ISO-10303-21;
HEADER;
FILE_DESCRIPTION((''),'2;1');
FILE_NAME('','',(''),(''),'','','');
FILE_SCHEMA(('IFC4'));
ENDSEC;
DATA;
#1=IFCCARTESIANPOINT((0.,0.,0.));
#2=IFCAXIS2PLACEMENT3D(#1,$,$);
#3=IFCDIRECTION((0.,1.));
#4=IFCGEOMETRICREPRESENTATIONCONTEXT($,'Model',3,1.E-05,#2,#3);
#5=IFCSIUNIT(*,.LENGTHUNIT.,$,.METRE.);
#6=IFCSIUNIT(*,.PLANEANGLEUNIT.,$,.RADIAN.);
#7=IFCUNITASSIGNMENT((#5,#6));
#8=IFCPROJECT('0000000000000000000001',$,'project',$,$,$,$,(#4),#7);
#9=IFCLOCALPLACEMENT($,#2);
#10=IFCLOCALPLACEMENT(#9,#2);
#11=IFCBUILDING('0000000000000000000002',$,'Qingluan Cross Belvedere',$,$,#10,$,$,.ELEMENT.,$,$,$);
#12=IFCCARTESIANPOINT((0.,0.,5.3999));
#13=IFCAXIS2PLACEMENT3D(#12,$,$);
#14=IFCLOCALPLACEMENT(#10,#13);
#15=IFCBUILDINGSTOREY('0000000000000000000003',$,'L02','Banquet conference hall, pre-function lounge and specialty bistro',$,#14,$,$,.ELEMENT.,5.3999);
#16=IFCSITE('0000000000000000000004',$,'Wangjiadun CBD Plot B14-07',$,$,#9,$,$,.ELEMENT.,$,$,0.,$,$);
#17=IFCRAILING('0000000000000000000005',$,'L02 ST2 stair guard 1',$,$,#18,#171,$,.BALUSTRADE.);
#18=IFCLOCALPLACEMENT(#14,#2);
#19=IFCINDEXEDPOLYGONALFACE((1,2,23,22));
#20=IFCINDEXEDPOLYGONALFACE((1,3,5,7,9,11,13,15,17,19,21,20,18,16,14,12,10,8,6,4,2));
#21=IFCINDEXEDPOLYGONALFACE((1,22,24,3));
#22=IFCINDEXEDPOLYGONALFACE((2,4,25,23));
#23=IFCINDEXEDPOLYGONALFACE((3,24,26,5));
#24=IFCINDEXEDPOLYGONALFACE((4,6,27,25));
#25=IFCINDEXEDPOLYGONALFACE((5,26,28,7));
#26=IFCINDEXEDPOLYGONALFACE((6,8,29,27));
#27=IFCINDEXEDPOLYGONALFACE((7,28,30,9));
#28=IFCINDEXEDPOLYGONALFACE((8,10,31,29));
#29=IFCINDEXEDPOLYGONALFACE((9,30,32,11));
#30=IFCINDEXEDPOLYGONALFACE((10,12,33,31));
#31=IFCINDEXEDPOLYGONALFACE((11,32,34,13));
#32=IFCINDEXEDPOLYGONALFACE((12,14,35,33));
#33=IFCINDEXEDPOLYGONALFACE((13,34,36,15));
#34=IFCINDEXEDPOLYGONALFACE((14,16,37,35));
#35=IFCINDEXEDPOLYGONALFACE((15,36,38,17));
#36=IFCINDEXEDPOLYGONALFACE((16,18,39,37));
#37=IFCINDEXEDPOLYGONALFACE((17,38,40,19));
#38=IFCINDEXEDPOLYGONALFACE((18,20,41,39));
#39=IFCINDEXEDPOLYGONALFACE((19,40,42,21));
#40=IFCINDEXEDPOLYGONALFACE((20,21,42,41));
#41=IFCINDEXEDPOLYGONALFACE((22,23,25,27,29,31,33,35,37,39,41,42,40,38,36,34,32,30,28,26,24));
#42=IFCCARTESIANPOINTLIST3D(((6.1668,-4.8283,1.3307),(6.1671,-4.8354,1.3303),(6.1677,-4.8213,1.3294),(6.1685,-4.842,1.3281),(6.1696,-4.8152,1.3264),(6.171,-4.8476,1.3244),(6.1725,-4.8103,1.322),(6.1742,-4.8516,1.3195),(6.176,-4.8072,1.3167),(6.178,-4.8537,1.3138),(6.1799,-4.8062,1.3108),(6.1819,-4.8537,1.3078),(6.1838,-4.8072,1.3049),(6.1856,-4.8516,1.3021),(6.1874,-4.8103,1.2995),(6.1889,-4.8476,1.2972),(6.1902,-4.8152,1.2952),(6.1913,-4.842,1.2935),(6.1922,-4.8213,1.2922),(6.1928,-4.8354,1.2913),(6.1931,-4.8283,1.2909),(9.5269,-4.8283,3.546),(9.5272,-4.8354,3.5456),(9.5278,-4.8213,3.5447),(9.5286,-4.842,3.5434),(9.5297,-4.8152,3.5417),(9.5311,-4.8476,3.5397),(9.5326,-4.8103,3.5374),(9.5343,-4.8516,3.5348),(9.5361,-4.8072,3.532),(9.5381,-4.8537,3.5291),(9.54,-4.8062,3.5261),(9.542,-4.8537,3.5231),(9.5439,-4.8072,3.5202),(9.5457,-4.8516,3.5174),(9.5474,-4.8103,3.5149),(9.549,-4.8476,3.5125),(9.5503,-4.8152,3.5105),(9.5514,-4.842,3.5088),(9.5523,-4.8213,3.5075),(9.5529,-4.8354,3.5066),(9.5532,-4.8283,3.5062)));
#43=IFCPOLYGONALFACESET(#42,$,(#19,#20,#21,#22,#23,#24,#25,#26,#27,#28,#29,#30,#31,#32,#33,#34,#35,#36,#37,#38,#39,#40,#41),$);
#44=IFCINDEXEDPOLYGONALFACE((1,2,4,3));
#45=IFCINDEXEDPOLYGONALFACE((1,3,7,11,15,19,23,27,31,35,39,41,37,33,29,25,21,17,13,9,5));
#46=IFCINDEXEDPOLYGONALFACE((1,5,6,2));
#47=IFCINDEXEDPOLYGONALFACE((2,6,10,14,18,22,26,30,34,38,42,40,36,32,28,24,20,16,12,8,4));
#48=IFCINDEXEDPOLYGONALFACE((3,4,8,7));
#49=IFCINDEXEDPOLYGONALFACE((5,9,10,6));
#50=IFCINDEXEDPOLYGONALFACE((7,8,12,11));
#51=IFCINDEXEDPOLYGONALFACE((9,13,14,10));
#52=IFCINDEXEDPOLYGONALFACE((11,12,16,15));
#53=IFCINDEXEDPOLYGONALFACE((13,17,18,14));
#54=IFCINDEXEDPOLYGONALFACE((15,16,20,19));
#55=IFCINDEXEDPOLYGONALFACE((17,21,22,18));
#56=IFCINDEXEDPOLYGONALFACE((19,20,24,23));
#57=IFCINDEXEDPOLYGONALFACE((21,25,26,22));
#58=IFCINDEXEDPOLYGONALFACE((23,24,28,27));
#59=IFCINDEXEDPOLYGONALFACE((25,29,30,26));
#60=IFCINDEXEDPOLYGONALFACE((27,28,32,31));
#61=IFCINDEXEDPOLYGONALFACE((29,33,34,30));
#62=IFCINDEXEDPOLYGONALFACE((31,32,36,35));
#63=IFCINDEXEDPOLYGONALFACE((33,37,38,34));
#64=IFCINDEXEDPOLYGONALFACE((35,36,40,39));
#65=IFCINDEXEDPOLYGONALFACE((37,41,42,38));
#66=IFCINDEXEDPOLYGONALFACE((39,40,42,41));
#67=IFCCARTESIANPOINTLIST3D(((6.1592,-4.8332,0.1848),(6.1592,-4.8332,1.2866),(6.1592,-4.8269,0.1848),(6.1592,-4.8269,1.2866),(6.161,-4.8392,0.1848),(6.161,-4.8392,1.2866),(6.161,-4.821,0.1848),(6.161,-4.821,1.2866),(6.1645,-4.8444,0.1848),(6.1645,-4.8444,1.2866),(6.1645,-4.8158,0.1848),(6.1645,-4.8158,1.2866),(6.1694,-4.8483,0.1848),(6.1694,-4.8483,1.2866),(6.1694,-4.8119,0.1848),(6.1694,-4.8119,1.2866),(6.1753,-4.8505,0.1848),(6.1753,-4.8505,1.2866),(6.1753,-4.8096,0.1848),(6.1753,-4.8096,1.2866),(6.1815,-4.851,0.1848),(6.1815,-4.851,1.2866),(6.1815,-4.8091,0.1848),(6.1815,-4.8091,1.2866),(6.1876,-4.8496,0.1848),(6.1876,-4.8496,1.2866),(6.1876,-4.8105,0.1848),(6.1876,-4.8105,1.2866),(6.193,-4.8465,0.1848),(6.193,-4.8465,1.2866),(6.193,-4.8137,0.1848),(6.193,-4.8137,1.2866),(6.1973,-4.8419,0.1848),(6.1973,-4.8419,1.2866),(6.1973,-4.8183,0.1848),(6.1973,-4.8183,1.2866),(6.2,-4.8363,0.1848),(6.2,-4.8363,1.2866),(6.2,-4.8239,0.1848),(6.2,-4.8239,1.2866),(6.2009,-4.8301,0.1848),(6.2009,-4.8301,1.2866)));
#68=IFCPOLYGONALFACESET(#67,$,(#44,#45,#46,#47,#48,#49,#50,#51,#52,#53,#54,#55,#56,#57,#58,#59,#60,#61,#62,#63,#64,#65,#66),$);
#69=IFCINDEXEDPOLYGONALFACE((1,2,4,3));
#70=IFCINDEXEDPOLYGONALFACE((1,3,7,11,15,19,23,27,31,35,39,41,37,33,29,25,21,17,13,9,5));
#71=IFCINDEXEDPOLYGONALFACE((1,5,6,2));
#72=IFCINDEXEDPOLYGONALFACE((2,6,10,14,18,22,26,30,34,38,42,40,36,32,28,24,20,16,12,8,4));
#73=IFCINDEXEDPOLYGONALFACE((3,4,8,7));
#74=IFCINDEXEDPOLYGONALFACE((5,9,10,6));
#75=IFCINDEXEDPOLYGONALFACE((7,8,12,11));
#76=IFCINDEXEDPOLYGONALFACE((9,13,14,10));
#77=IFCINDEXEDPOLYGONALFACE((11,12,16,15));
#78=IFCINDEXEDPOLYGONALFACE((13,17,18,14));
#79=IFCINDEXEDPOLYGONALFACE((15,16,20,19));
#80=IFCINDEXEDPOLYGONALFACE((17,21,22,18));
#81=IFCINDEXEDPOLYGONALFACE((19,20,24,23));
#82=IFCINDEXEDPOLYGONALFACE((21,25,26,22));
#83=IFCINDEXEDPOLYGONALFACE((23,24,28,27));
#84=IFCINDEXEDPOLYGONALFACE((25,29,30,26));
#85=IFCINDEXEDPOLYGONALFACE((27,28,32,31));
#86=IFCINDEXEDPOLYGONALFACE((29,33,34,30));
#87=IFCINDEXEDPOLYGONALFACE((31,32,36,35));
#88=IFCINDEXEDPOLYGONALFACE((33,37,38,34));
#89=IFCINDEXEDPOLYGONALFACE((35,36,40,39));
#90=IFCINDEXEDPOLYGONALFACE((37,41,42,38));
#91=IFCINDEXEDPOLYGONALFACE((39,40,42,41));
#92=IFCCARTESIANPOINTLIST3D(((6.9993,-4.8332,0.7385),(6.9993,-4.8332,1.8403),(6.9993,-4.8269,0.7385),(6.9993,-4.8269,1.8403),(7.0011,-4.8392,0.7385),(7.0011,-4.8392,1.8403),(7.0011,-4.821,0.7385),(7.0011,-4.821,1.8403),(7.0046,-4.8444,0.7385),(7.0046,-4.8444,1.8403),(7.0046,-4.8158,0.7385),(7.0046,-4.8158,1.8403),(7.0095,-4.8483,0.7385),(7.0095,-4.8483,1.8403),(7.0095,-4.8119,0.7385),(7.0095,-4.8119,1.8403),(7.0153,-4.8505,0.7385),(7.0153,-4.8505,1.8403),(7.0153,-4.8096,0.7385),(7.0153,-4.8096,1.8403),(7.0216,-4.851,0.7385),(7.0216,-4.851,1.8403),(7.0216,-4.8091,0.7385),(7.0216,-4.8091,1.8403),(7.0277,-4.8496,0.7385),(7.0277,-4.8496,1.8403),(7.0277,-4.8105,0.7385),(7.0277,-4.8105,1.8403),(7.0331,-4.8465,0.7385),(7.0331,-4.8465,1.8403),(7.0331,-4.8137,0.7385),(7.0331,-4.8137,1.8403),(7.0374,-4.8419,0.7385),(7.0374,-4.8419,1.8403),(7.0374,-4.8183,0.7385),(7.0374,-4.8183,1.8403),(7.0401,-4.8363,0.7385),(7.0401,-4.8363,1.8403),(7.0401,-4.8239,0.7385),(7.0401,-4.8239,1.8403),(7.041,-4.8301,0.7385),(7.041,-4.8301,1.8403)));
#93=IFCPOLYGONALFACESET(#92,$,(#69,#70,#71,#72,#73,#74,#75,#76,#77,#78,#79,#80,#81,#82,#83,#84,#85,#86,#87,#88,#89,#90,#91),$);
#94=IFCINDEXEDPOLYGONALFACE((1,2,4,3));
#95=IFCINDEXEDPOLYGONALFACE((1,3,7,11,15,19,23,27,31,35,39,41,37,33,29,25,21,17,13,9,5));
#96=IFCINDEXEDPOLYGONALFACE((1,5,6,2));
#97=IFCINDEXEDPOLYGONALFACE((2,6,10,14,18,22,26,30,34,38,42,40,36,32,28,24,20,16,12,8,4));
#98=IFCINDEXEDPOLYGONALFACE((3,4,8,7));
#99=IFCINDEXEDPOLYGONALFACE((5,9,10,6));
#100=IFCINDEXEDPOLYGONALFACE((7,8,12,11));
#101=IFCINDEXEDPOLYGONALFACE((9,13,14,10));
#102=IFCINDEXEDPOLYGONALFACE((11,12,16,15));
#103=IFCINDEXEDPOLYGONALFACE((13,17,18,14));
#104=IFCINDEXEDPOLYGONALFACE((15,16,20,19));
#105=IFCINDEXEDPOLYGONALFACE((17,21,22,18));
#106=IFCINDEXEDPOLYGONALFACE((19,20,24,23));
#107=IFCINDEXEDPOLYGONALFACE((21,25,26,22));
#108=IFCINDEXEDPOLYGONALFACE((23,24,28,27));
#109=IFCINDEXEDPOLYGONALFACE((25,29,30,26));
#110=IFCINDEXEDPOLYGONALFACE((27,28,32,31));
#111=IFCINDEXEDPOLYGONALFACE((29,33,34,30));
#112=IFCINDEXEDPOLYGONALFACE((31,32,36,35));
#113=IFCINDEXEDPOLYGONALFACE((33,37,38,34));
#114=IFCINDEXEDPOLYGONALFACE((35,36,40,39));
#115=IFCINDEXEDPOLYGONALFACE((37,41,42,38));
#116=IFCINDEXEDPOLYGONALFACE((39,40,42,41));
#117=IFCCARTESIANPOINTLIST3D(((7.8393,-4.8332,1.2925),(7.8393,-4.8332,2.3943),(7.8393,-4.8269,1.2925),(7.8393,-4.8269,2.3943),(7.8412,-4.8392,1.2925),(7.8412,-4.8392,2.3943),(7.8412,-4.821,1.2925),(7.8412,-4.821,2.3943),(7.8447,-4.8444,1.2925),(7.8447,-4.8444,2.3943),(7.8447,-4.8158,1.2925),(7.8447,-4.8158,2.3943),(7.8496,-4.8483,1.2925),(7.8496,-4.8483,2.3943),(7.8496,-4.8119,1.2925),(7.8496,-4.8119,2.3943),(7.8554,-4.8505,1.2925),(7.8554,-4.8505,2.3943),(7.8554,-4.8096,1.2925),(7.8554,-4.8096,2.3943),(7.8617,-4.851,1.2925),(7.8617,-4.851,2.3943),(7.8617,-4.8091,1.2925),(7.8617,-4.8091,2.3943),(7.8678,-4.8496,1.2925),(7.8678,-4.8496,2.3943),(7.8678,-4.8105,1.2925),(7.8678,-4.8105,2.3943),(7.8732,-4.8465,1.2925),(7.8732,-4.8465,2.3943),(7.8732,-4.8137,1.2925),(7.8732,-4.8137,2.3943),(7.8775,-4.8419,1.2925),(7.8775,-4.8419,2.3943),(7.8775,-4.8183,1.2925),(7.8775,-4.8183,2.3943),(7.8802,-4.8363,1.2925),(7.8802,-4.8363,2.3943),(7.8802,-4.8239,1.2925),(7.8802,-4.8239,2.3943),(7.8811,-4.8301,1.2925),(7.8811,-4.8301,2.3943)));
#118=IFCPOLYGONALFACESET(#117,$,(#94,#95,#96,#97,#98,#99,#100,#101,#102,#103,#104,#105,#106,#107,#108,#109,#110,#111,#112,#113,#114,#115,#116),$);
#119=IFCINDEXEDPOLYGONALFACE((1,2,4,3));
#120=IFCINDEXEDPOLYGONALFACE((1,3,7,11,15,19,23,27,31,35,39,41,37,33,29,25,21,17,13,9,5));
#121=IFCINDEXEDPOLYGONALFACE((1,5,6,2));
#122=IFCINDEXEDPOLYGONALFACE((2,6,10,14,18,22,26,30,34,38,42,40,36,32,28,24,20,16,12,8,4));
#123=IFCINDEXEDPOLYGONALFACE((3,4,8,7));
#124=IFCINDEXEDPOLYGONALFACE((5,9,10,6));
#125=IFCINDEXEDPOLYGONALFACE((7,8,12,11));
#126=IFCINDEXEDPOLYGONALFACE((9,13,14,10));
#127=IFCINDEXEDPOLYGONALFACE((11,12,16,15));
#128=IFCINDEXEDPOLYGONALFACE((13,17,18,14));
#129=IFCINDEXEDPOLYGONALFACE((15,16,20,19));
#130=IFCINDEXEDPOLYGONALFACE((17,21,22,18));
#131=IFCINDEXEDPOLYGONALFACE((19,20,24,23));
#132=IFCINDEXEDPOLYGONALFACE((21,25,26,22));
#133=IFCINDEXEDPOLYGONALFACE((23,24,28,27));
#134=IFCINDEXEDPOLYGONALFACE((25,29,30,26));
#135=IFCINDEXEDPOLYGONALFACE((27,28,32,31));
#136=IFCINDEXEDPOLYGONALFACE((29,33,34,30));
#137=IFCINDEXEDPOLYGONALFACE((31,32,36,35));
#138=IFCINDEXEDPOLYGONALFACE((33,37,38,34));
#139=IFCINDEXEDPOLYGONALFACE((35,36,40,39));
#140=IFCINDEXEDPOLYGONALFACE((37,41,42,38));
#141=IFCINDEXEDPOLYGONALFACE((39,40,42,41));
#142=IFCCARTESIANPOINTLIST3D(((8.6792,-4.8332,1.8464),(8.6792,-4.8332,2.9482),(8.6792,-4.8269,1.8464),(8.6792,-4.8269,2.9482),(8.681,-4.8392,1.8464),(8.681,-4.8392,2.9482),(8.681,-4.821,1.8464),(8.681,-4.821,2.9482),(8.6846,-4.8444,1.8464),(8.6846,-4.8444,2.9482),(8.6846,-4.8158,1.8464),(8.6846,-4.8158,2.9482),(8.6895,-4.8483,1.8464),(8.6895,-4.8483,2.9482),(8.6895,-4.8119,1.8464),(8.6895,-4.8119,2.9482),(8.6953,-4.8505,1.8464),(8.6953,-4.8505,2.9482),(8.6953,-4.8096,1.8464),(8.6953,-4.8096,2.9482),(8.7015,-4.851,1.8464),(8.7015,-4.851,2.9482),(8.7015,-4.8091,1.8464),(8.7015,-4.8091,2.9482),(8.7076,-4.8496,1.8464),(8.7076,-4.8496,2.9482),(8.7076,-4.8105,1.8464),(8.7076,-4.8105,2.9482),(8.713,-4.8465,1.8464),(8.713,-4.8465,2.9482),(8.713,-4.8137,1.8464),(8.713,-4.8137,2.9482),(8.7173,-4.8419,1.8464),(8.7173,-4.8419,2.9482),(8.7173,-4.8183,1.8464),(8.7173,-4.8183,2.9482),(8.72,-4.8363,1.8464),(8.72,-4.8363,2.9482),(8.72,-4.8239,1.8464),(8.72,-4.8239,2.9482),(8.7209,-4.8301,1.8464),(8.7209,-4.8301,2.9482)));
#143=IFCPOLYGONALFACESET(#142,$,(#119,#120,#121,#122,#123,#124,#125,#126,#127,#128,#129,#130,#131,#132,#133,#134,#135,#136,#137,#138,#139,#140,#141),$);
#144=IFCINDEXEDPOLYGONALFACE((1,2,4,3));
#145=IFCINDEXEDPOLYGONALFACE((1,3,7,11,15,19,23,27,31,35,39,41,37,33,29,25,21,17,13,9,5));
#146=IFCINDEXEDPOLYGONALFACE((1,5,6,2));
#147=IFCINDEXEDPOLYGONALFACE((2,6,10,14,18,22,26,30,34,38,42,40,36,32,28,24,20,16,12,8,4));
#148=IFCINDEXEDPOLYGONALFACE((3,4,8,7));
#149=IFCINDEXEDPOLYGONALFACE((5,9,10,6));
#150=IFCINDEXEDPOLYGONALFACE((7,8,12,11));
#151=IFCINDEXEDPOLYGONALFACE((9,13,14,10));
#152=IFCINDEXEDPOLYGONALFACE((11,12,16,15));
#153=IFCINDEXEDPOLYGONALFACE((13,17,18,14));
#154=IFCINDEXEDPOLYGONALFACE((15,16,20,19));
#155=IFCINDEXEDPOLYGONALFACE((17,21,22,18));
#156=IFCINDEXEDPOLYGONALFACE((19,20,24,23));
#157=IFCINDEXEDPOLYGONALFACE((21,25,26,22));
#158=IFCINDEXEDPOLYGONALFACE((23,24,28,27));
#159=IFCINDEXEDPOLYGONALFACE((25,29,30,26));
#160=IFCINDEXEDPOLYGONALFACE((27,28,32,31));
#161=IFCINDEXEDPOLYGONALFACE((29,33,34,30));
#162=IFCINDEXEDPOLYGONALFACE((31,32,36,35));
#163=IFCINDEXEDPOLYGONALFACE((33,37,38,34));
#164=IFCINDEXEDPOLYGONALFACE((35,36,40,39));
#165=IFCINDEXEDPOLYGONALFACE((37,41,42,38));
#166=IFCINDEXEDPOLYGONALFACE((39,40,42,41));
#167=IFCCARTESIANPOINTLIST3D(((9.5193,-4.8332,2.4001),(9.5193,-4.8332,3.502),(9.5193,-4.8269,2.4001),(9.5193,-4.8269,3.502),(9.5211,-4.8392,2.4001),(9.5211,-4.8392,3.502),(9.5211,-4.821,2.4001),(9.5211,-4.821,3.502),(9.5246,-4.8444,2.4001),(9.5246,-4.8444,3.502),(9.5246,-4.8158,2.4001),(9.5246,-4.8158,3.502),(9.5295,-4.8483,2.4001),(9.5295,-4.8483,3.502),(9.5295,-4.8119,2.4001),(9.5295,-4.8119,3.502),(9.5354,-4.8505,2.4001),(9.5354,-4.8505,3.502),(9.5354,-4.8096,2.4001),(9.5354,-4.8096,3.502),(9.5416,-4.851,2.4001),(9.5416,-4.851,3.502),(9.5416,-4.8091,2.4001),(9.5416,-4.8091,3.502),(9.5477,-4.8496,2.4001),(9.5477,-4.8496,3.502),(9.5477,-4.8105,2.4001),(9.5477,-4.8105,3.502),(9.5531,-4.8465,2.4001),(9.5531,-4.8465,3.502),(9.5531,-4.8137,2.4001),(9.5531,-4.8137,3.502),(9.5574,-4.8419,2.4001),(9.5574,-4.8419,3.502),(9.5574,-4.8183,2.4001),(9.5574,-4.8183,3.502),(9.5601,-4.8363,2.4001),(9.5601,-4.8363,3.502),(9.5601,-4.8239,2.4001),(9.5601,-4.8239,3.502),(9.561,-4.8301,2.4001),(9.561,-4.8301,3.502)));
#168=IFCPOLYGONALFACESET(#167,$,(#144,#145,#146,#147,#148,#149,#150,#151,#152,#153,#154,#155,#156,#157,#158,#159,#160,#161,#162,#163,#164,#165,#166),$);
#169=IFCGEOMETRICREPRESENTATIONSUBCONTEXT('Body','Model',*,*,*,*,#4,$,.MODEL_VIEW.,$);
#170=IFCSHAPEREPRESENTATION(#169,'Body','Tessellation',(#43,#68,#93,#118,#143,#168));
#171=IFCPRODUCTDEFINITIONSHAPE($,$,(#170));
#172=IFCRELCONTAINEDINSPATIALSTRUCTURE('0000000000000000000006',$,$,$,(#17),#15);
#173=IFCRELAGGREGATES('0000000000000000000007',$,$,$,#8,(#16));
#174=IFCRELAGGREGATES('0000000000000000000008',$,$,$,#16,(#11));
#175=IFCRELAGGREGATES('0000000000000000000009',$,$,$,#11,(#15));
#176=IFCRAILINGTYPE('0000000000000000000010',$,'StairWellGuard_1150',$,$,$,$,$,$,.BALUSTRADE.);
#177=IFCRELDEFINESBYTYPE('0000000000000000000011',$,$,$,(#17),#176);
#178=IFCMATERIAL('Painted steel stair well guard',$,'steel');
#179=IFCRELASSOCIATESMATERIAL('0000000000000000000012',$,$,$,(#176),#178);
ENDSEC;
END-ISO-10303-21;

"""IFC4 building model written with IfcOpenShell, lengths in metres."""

from ifc_helpers import new_model, si_unit, direction, frame, origin, origin_2d, place, context, subcontext, project, spatial, circle, extrude, material, type_object, element, save


model = new_model("IFC4")

# Units and contexts
model_context = context("Model", 3, precision=1e-05, world=origin(), true_north=direction((0.0, 1.0)))
body_context = subcontext(model_context, "Body", "Model", "MODEL_VIEW")
ifc_project = project(units=[si_unit("LENGTHUNIT", "METRE"), si_unit("PLANEANGLEUNIT", "RADIAN")], contexts=[model_context])

# Site, building, storey
site_placement = place(None, origin())
site = spatial("IfcSite", under=ifc_project, at=site_placement, Name="Wangjiadun CBD Plot B14-07", CompositionType="ELEMENT", RefElevation=0.0)
building_placement = place(site_placement, origin())
building = spatial("IfcBuilding", under=site, at=building_placement, Name="Qingluan Cross Belvedere", CompositionType="ELEMENT")
storey_placement = place(building_placement, frame((0.0, 0.0, 5.3999)))
storey = spatial("IfcBuildingStorey", under=building, at=storey_placement, Name="L02", Description="Banquet conference hall, pre-function lounge and specialty bistro", CompositionType="ELEMENT", Elevation=5.3999)

# Railing
ifc_material_1 = material(Name="Painted steel stair well guard", Category="steel")
railing_type_1 = type_object("IfcRailingType", Name="StairWellGuard_1150", PredefinedType="BALUSTRADE", material=ifc_material_1)
railing_1_placement = place(storey_placement, frame((6.1799, -4.8301, 0.1848)))
element("IfcRailing", 1, at=railing_1_placement, inside=storey, type_object=railing_type_1, Name="L02 ST2 stair guard 1", PredefinedType="BALUSTRADE", context=body_context, shape_type="SweptSolid", body=[
    extrude(circle(Radius=0.0239, at=origin_2d()), frame((0.0, 0.0, 1.126), z_axis=(0.834876, 0.0, 0.550437), x_axis=(0.0, 1.0, 0.0)), (0.0, 0.0, 1.0), 4.0247),
    extrude(circle(Radius=0.021, at=origin_2d()), origin(), (0.0, 0.0, 1.0), 1.1018),
    extrude(circle(Radius=0.021, at=origin_2d()), frame((0.8401, 0.0, 0.5537)), (0.0, 0.0, 1.0), 1.1018),
    extrude(circle(Radius=0.021, at=origin_2d()), frame((1.6802, 0.0, 1.1077)), (0.0, 0.0, 1.0), 1.1018),
    extrude(circle(Radius=0.021, at=origin_2d()), frame((2.52, 0.0, 1.6616)), (0.0, 0.0, 1.0), 1.1018),
    extrude(circle(Radius=0.021, at=origin_2d()), frame((3.3601, 0.0, 2.2153)), (0.0, 0.0, 1.0), 1.1018),
])

save(model, "model.ifc")
